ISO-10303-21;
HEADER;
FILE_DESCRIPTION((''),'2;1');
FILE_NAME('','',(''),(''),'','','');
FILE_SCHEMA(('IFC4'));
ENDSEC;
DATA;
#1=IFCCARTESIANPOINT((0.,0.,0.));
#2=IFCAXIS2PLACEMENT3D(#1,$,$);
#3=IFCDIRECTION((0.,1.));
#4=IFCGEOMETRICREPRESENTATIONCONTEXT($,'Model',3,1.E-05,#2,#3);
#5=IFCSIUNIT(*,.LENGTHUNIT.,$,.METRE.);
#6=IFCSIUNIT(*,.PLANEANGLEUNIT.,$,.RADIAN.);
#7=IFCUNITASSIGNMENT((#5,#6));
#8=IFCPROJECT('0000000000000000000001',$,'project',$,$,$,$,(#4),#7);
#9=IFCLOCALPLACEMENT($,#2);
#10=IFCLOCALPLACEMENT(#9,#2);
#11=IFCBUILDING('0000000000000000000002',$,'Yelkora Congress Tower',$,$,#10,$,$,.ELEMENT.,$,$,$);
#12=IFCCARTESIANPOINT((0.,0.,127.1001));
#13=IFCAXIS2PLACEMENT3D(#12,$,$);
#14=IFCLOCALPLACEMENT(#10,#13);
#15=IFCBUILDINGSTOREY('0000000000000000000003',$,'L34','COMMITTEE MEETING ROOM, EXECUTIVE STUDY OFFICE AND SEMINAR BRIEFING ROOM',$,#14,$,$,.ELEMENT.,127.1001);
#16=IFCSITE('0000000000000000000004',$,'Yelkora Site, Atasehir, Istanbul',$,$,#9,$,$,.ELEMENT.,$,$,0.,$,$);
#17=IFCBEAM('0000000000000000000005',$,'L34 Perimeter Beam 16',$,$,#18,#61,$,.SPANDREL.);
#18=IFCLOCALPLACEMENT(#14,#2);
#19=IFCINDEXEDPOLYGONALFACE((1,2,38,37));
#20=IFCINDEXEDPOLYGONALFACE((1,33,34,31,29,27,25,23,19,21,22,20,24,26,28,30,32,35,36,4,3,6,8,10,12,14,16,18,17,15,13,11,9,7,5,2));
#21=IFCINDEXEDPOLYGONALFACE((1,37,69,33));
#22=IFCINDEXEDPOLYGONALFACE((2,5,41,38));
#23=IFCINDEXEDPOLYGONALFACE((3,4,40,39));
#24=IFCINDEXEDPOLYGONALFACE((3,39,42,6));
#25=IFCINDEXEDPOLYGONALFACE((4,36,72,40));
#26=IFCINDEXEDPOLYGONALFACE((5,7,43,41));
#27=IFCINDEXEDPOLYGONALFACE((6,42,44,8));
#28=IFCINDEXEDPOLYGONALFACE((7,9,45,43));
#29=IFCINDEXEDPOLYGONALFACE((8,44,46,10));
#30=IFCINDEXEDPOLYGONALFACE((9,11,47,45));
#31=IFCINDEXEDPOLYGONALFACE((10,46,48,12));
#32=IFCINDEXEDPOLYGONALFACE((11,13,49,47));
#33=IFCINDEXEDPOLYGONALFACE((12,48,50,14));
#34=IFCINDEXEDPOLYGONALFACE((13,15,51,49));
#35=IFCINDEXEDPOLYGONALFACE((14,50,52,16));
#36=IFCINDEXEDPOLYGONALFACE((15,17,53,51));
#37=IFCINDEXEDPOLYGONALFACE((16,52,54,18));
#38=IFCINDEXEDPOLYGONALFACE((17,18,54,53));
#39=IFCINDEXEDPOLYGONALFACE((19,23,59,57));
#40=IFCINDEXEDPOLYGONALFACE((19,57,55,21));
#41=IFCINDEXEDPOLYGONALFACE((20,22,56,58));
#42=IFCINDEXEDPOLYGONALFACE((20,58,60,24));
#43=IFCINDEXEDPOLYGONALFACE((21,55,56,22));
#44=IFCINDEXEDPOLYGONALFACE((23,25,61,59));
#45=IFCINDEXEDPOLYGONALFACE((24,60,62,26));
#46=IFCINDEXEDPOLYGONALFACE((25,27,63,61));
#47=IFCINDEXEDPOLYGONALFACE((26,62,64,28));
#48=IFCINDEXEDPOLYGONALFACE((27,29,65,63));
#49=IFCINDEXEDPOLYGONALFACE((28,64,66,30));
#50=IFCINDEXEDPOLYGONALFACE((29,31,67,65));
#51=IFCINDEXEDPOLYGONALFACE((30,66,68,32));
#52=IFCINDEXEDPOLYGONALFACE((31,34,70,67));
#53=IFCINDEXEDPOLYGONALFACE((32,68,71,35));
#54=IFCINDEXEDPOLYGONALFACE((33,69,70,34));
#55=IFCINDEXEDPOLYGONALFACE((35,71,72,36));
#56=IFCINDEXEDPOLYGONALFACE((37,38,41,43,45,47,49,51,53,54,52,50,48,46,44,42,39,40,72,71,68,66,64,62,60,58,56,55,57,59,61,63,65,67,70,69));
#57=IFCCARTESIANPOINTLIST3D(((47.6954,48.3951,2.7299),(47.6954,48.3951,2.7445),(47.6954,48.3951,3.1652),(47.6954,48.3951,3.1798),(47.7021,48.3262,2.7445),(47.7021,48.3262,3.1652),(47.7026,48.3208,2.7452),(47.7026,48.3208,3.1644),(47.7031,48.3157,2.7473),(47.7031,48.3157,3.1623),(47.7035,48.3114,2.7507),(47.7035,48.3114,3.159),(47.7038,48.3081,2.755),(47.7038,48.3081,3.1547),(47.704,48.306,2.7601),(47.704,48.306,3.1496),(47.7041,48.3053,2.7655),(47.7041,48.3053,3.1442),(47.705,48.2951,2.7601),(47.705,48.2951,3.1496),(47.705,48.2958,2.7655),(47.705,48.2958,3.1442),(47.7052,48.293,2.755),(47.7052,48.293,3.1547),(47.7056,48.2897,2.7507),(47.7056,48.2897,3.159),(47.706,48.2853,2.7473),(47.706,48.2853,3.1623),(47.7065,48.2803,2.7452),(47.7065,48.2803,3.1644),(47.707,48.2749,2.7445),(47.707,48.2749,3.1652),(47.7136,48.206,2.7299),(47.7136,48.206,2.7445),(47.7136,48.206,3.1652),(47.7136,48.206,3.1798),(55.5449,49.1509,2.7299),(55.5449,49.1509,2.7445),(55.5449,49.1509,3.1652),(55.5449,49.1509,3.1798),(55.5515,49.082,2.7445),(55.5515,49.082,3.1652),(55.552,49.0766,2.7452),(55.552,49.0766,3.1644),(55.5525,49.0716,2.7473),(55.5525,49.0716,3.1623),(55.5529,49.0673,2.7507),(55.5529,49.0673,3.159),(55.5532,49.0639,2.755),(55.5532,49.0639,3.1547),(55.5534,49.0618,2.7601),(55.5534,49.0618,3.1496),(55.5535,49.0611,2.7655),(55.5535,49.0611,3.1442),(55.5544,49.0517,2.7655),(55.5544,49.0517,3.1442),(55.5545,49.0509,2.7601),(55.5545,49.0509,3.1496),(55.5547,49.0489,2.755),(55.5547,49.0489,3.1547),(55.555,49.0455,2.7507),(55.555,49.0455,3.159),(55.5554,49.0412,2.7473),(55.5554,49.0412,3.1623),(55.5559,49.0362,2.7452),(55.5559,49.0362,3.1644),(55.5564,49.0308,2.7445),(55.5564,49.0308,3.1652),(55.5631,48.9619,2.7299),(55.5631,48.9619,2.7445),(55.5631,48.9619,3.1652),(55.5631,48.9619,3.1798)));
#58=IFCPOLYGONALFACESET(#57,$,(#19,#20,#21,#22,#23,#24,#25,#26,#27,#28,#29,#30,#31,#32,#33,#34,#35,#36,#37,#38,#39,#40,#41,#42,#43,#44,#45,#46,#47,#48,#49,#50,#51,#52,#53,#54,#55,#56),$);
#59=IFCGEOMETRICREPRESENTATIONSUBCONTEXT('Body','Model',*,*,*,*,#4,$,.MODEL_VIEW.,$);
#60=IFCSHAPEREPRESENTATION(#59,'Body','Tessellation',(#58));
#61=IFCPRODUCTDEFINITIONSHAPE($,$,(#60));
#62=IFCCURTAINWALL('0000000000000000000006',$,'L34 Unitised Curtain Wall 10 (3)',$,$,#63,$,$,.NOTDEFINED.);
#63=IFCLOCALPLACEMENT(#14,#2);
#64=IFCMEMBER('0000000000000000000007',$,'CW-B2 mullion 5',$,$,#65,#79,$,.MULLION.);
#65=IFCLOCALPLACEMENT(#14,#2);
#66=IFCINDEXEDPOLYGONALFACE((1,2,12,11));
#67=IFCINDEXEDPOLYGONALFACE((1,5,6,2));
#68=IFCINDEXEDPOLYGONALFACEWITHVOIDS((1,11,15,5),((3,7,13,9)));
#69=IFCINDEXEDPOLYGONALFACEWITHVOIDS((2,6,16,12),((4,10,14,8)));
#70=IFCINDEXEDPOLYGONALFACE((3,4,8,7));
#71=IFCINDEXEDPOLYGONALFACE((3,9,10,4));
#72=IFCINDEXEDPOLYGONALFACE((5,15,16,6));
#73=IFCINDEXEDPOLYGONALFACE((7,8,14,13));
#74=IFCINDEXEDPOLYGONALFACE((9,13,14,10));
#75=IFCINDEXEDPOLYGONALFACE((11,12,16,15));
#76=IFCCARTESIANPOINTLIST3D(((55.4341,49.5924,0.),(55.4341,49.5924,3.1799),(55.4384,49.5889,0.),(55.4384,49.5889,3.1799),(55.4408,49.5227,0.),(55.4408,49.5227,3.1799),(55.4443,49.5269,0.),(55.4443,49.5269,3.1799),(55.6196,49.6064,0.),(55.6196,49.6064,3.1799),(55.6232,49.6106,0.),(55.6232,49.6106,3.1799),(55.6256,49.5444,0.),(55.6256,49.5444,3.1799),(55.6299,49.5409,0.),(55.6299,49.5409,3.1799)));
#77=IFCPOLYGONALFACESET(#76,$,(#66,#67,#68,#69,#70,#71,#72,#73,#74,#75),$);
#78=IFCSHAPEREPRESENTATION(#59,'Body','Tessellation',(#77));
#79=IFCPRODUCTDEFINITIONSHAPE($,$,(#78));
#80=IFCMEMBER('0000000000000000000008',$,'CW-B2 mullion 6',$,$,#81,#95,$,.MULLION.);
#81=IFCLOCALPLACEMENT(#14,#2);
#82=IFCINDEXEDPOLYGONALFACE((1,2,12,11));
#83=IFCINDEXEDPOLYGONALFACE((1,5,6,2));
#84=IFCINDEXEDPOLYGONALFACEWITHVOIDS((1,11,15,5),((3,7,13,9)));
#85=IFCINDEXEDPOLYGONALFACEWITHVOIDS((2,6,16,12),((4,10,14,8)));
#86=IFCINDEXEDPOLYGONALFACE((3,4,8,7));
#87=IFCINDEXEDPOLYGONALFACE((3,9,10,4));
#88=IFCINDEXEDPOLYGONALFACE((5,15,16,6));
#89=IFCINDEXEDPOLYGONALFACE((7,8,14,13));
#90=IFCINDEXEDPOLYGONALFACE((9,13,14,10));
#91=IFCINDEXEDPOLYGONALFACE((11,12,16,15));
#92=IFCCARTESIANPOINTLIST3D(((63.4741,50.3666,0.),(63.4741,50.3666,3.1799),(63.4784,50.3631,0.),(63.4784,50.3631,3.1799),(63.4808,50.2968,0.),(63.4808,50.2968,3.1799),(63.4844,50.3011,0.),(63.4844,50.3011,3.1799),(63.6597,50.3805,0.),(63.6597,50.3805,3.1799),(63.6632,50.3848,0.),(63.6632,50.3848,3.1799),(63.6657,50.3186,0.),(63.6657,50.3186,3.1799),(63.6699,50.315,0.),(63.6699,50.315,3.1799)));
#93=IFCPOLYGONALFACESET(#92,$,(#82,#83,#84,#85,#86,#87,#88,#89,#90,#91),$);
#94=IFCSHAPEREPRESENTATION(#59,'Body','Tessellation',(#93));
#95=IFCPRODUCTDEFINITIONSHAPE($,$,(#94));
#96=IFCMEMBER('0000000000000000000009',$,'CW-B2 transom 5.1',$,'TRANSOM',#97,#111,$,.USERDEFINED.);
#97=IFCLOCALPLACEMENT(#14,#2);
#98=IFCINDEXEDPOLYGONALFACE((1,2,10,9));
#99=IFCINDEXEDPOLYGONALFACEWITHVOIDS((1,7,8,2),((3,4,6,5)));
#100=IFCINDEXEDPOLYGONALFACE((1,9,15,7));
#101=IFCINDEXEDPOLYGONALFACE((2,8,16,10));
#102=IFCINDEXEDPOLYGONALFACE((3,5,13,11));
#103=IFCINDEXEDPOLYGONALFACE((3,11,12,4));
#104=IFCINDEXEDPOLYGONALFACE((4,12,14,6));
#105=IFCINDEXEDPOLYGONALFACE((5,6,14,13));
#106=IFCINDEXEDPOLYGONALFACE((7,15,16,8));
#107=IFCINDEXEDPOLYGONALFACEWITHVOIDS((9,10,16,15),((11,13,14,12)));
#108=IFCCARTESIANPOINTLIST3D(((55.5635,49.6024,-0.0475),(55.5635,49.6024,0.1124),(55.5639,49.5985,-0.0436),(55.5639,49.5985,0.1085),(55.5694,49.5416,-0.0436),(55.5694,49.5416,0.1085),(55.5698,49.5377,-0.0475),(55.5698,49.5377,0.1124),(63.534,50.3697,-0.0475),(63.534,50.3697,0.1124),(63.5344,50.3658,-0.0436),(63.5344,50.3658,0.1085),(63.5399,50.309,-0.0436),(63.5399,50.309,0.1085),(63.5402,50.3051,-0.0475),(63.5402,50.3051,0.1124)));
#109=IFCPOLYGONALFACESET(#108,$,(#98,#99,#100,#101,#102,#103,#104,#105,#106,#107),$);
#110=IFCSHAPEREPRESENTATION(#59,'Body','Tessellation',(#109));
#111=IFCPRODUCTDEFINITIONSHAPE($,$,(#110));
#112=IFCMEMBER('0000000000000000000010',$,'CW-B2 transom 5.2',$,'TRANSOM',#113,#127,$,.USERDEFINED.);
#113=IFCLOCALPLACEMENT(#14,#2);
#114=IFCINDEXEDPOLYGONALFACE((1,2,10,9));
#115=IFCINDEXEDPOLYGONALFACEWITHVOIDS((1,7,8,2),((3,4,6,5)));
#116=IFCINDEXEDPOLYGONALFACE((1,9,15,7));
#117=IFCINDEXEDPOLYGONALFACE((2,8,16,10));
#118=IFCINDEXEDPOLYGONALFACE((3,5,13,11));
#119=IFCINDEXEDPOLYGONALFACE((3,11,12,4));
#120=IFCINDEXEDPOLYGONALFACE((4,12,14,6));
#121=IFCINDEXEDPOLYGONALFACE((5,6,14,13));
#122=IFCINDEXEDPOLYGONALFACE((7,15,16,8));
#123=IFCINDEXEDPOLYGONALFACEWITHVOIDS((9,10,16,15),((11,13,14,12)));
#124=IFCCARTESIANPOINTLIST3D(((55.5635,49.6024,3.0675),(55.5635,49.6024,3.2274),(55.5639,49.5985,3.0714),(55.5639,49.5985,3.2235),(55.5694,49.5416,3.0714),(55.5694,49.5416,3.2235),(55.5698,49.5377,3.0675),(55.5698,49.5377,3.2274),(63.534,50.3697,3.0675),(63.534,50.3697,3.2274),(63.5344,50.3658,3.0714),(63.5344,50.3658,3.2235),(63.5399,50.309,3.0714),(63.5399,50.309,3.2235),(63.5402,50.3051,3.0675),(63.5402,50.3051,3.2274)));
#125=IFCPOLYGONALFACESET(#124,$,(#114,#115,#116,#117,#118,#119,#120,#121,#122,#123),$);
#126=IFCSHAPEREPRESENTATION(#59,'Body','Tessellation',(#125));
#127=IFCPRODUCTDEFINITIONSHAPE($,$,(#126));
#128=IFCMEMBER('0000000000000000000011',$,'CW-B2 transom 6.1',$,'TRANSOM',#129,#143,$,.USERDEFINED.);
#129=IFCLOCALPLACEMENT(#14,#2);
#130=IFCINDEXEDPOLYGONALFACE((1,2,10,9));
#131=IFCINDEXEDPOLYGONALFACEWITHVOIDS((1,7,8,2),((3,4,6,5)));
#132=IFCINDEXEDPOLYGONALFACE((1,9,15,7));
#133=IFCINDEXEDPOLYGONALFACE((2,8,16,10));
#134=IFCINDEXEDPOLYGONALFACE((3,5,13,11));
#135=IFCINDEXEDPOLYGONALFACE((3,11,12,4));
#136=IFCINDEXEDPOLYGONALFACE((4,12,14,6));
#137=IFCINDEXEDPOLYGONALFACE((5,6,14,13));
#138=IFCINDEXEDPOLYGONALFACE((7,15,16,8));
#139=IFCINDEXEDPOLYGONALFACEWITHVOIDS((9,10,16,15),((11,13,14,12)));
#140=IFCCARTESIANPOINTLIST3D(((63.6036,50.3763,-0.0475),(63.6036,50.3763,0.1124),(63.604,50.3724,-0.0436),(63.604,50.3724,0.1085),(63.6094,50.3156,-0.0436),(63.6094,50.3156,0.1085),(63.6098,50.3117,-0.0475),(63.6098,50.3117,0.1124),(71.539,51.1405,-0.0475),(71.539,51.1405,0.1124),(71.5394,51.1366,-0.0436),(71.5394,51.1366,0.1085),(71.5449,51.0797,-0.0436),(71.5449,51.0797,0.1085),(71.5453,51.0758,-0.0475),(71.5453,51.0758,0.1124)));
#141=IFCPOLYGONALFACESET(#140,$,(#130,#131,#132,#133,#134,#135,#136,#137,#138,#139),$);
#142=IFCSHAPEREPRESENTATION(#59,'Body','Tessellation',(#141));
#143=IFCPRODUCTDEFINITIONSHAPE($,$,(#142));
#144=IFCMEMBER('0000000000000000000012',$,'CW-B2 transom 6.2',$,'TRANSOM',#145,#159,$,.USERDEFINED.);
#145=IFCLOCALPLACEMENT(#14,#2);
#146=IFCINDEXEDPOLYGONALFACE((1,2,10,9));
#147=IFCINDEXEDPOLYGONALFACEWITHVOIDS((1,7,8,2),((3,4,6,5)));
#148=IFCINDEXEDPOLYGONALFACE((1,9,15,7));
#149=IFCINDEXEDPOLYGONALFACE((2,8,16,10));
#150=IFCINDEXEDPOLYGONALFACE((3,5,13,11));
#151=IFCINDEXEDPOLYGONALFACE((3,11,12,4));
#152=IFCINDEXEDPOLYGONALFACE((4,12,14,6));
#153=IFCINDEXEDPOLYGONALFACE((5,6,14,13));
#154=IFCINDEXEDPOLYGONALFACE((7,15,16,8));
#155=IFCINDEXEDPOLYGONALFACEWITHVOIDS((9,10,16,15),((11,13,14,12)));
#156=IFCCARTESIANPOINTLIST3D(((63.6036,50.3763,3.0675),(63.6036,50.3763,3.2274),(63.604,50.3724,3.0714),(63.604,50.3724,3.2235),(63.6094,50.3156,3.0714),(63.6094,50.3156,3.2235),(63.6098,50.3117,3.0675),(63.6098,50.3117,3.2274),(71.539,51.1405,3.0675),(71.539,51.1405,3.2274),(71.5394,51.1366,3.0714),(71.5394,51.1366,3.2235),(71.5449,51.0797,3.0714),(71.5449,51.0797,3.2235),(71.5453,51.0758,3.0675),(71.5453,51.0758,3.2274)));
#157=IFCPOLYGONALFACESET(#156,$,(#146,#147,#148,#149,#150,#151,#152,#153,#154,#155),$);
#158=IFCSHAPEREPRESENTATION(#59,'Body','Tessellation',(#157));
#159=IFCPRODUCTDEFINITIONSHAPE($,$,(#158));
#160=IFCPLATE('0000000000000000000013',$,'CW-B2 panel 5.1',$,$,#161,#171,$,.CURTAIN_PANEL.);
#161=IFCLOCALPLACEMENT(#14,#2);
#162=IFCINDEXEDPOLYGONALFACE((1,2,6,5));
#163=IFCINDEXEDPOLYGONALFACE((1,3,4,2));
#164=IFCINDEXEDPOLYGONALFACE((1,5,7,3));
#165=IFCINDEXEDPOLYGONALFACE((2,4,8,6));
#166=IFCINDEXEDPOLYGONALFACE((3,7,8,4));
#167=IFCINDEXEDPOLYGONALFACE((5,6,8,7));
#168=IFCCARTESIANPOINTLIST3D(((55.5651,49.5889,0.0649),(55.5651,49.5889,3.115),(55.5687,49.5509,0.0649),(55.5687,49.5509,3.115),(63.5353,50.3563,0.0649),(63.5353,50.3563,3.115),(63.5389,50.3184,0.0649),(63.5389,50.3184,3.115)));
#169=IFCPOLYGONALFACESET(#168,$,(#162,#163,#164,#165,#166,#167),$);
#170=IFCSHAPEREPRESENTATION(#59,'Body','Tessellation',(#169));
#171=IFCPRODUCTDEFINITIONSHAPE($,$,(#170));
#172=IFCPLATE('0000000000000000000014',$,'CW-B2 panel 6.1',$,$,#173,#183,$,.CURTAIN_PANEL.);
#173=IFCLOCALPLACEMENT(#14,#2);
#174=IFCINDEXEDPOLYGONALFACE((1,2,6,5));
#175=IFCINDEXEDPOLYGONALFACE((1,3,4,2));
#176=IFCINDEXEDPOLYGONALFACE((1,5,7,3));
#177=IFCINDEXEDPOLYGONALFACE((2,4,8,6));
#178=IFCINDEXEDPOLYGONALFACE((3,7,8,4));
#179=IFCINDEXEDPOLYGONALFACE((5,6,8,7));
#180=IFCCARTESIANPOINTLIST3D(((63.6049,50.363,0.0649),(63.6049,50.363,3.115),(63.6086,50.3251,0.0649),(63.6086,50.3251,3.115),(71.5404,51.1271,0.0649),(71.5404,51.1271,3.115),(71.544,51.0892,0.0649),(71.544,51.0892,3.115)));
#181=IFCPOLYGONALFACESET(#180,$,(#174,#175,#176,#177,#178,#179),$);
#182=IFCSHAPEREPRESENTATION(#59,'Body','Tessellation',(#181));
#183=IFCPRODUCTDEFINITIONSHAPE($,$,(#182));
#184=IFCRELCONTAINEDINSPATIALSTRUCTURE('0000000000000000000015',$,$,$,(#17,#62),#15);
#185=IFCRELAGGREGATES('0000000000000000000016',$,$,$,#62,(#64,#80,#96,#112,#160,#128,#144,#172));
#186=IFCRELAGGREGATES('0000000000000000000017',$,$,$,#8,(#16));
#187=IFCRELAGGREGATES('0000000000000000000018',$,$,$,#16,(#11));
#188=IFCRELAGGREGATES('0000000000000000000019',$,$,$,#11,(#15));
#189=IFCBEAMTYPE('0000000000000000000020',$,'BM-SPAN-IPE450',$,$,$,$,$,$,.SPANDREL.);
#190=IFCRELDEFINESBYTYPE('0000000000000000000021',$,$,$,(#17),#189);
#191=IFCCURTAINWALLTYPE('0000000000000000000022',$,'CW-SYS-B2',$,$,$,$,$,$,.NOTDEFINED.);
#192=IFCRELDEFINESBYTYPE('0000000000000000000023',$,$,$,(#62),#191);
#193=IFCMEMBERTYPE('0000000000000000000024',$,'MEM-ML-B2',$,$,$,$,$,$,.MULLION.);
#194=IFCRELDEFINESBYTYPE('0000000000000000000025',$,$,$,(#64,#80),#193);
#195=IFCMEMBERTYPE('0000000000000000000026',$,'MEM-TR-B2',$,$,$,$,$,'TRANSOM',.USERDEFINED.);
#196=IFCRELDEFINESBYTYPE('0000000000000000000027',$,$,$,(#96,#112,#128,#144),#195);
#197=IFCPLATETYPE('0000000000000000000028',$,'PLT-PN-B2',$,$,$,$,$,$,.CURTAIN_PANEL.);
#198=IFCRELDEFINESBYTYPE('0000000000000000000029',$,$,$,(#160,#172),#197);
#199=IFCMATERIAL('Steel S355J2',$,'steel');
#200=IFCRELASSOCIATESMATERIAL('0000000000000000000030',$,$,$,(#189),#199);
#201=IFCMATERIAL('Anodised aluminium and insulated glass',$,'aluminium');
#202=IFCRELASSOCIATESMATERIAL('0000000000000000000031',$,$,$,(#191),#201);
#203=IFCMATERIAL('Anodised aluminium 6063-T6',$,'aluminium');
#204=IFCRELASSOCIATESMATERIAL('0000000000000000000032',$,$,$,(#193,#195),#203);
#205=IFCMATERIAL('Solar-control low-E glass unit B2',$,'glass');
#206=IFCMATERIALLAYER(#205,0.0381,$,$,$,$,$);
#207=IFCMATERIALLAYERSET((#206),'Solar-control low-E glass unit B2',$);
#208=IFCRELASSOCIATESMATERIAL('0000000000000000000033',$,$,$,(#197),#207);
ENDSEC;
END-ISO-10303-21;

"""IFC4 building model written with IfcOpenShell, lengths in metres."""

from ifc_helpers import new_model, si_unit, direction, frame, origin, origin_2d, place, context, subcontext, project, spatial, rectangle, hollow_rectangle, i_section, extrude, material, layer, layer_set, material_profile, profile_set, type_object, element, aggregate, save


model = new_model("IFC4")

# Units and contexts
model_context = context("Model", 3, precision=1e-05, world=origin(), true_north=direction((0.0, 1.0)))
body_context = subcontext(model_context, "Body", "Model", "MODEL_VIEW")
ifc_project = project(units=[si_unit("LENGTHUNIT", "METRE"), si_unit("PLANEANGLEUNIT", "RADIAN")], contexts=[model_context])

# Site, building, storey
site_placement = place(None, origin())
site = spatial("IfcSite", under=ifc_project, at=site_placement, Name="Yelkora Site, Atasehir, Istanbul", CompositionType="ELEMENT", RefElevation=0.0)
building_placement = place(site_placement, origin())
building = spatial("IfcBuilding", under=site, at=building_placement, Name="Yelkora Congress Tower", CompositionType="ELEMENT")
storey_placement = place(building_placement, frame((0.0, 0.0, 127.1001)))
storey = spatial("IfcBuildingStorey", under=building, at=storey_placement, Name="L34", Description="COMMITTEE MEETING ROOM, EXECUTIVE STUDY OFFICE AND SEMINAR BRIEFING ROOM", CompositionType="ELEMENT", Elevation=127.1001)

# Beam
ifc_material_1 = material(Name="Steel S355J2", Category="steel")
ifc_material_profile_1 = material_profile(ifc_material_1, i_section(OverallWidth=0.1899, OverallDepth=0.45, WebThickness=0.0095, FlangeThickness=0.0146, FilletRadius=0.021, at=origin_2d()), Name="IPE 450")
ifc_profile_set_1 = profile_set([ifc_material_profile_1], Name="Steel S355J2")
beam_type_1 = type_object("IfcBeamType", Name="BM-SPAN-IPE450", PredefinedType="SPANDREL", material=ifc_profile_set_1)
for number, where, z_axis, x_axis, name in (
    (1, (55.554, 49.0564, 2.9548), (-0.995396, -0.095852, 0.0), (0.095852, -0.995396, 0.0), "L34 Perimeter Beam 16"),
):
    element("IfcBeam", number, at=place(storey_placement, frame(where, z_axis=z_axis, x_axis=x_axis)), inside=storey, type_object=beam_type_1, Name=name, PredefinedType="SPANDREL", context=body_context, shape_type="SweptSolid", body=[
        extrude(i_section(OverallWidth=0.1899, OverallDepth=0.45, WebThickness=0.0095, FlangeThickness=0.0146, FilletRadius=0.021, at=origin_2d()), origin(), (0.0, 0.0, 1.0), 7.8857),
    ])

# Curtain wall, members, plates
ifc_material_2 = material(Name="Anodised aluminium and insulated glass", Category="aluminium")
curtain_wall_type = type_object("IfcCurtainWallType", Name="CW-SYS-B2", PredefinedType="NOTDEFINED", material=ifc_material_2)
curtain_wall_placement = place(storey_placement, origin())
curtain_wall = element("IfcCurtainWall", 2, at=curtain_wall_placement, inside=storey, type_object=curtain_wall_type, Name="L34 Unitised Curtain Wall 10 (3)", PredefinedType="NOTDEFINED")
ifc_material_3 = material(Name="Anodised aluminium 6063-T6", Category="aluminium")
ifc_material_profile_2 = material_profile(ifc_material_3, hollow_rectangle(XDim=0.0701, YDim=0.1899, WallThickness=0.0039, at=origin_2d()), Name="ALU 70x190x4")
ifc_profile_set_2 = profile_set([ifc_material_profile_2], Name="Anodised aluminium 6063-T6")
member_type_1 = type_object("IfcMemberType", Name="MEM-ML-B2", PredefinedType="MULLION", material=ifc_profile_set_2)
member_1_placement = place(storey_placement, frame((55.532, 49.5667, 0.0), z_axis=(0.0, 0.0, 1.0), x_axis=(-0.095844, 0.995396, 0.0)))
member_1 = element("IfcMember", 3, at=member_1_placement, type_object=member_type_1, Name="CW-B2 mullion 5", PredefinedType="MULLION", context=body_context, shape_type="SweptSolid", body=[
    extrude(hollow_rectangle(XDim=0.0701, YDim=0.1899, WallThickness=0.0039, at=origin_2d()), origin(), (0.0, 0.0, 1.0), 3.1799),
])
member_2_placement = place(storey_placement, frame((63.572, 50.3408, 0.0), z_axis=(0.0, 0.0, 1.0), x_axis=(-0.095844, 0.995396, 0.0)))
member_2 = element("IfcMember", 4, at=member_2_placement, type_object=member_type_1, Name="CW-B2 mullion 6", PredefinedType="MULLION", context=body_context, shape_type="SweptSolid", body=[
    extrude(hollow_rectangle(XDim=0.0701, YDim=0.1899, WallThickness=0.0039, at=origin_2d()), origin(), (0.0, 0.0, 1.0), 3.1799),
])
ifc_material_profile_3 = material_profile(ifc_material_3, hollow_rectangle(XDim=0.0649, YDim=0.1599, WallThickness=0.0039, at=origin_2d()), Name="ALU 65x160x4")
ifc_profile_set_3 = profile_set([ifc_material_profile_3], Name="Anodised aluminium 6063-T6")
member_type_2 = type_object("IfcMemberType", Name="MEM-TR-B2", ElementType="TRANSOM", PredefinedType="USERDEFINED", material=ifc_profile_set_3)
member_3_placement = place(storey_placement, frame((55.5667, 49.5701, 0.0325), z_axis=(0.995398, 0.095829, 0.0), x_axis=(-0.095829, 0.995398, 0.0)))
member_3 = element("IfcMember", 5, at=member_3_placement, type_object=member_type_2, Name="CW-B2 transom 5.1", ObjectType="TRANSOM", PredefinedType="USERDEFINED", context=body_context, shape_type="SweptSolid", body=[
    extrude(hollow_rectangle(XDim=0.0649, YDim=0.1599, WallThickness=0.0039, at=origin_2d()), origin(), (0.0, 0.0, 1.0), 8.0073),
])
member_4_placement = place(storey_placement, frame((55.5667, 49.5701, 3.1475), z_axis=(0.995398, 0.095829, 0.0), x_axis=(-0.095829, 0.995398, 0.0)))
member_4 = element("IfcMember", 6, at=member_4_placement, type_object=member_type_2, Name="CW-B2 transom 5.2", ObjectType="TRANSOM", PredefinedType="USERDEFINED", context=body_context, shape_type="SweptSolid", body=[
    extrude(hollow_rectangle(XDim=0.0649, YDim=0.1599, WallThickness=0.0039, at=origin_2d()), origin(), (0.0, 0.0, 1.0), 8.0073),
])
member_5_placement = place(storey_placement, frame((63.6067, 50.344, 0.0325), z_axis=(0.995396, 0.095852, 0.0), x_axis=(-0.095852, 0.995396, 0.0)))
member_5 = element("IfcMember", 7, at=member_5_placement, type_object=member_type_2, Name="CW-B2 transom 6.1", ObjectType="TRANSOM", PredefinedType="USERDEFINED", context=body_context, shape_type="SweptSolid", body=[
    extrude(hollow_rectangle(XDim=0.0649, YDim=0.1599, WallThickness=0.0039, at=origin_2d()), origin(), (0.0, 0.0, 1.0), 7.9722),
])
member_6_placement = place(storey_placement, frame((63.6067, 50.344, 3.1475), z_axis=(0.995396, 0.095852, 0.0), x_axis=(-0.095852, 0.995396, 0.0)))
member_6 = element("IfcMember", 8, at=member_6_placement, type_object=member_type_2, Name="CW-B2 transom 6.2", ObjectType="TRANSOM", PredefinedType="USERDEFINED", context=body_context, shape_type="SweptSolid", body=[
    extrude(hollow_rectangle(XDim=0.0649, YDim=0.1599, WallThickness=0.0039, at=origin_2d()), origin(), (0.0, 0.0, 1.0), 7.9722),
])
ifc_material_4 = material(Name="Solar-control low-E glass unit B2", Category="glass")
ifc_layer_1 = layer(ifc_material_4, 0.0381)
ifc_layer_set_1 = layer_set([ifc_layer_1], Name="Solar-control low-E glass unit B2")
plate_type = type_object("IfcPlateType", Name="PLT-PN-B2", PredefinedType="CURTAIN_PANEL", material=ifc_layer_set_1)
plate_1_placement = place(storey_placement, frame((59.552, 49.9536, 0.0649), z_axis=(0.0, 0.0, 1.0), x_axis=(0.995396, 0.095844, 0.0)))
plate_1 = element("IfcPlate", 9, at=plate_1_placement, type_object=plate_type, Name="CW-B2 panel 5.1", PredefinedType="CURTAIN_PANEL", context=body_context, shape_type="SweptSolid", body=[
    extrude(rectangle(XDim=8.0071, YDim=0.0381, at=origin_2d()), origin(), (0.0, 0.0, 1.0), 3.05),
])
plate_2_placement = place(storey_placement, frame((67.5745, 50.7261, 0.0649), z_axis=(0.0, 0.0, 1.0), x_axis=(0.995396, 0.095844, 0.0)))
plate_2 = element("IfcPlate", 10, at=plate_2_placement, type_object=plate_type, Name="CW-B2 panel 6.1", PredefinedType="CURTAIN_PANEL", context=body_context, shape_type="SweptSolid", body=[
    extrude(rectangle(XDim=7.9722, YDim=0.0381, at=origin_2d()), origin(), (0.0, 0.0, 1.0), 3.05),
])
aggregate(curtain_wall, [member_1, member_2, member_3, member_4, plate_1, member_5, member_6, plate_2])

save(model, "model.ifc")
